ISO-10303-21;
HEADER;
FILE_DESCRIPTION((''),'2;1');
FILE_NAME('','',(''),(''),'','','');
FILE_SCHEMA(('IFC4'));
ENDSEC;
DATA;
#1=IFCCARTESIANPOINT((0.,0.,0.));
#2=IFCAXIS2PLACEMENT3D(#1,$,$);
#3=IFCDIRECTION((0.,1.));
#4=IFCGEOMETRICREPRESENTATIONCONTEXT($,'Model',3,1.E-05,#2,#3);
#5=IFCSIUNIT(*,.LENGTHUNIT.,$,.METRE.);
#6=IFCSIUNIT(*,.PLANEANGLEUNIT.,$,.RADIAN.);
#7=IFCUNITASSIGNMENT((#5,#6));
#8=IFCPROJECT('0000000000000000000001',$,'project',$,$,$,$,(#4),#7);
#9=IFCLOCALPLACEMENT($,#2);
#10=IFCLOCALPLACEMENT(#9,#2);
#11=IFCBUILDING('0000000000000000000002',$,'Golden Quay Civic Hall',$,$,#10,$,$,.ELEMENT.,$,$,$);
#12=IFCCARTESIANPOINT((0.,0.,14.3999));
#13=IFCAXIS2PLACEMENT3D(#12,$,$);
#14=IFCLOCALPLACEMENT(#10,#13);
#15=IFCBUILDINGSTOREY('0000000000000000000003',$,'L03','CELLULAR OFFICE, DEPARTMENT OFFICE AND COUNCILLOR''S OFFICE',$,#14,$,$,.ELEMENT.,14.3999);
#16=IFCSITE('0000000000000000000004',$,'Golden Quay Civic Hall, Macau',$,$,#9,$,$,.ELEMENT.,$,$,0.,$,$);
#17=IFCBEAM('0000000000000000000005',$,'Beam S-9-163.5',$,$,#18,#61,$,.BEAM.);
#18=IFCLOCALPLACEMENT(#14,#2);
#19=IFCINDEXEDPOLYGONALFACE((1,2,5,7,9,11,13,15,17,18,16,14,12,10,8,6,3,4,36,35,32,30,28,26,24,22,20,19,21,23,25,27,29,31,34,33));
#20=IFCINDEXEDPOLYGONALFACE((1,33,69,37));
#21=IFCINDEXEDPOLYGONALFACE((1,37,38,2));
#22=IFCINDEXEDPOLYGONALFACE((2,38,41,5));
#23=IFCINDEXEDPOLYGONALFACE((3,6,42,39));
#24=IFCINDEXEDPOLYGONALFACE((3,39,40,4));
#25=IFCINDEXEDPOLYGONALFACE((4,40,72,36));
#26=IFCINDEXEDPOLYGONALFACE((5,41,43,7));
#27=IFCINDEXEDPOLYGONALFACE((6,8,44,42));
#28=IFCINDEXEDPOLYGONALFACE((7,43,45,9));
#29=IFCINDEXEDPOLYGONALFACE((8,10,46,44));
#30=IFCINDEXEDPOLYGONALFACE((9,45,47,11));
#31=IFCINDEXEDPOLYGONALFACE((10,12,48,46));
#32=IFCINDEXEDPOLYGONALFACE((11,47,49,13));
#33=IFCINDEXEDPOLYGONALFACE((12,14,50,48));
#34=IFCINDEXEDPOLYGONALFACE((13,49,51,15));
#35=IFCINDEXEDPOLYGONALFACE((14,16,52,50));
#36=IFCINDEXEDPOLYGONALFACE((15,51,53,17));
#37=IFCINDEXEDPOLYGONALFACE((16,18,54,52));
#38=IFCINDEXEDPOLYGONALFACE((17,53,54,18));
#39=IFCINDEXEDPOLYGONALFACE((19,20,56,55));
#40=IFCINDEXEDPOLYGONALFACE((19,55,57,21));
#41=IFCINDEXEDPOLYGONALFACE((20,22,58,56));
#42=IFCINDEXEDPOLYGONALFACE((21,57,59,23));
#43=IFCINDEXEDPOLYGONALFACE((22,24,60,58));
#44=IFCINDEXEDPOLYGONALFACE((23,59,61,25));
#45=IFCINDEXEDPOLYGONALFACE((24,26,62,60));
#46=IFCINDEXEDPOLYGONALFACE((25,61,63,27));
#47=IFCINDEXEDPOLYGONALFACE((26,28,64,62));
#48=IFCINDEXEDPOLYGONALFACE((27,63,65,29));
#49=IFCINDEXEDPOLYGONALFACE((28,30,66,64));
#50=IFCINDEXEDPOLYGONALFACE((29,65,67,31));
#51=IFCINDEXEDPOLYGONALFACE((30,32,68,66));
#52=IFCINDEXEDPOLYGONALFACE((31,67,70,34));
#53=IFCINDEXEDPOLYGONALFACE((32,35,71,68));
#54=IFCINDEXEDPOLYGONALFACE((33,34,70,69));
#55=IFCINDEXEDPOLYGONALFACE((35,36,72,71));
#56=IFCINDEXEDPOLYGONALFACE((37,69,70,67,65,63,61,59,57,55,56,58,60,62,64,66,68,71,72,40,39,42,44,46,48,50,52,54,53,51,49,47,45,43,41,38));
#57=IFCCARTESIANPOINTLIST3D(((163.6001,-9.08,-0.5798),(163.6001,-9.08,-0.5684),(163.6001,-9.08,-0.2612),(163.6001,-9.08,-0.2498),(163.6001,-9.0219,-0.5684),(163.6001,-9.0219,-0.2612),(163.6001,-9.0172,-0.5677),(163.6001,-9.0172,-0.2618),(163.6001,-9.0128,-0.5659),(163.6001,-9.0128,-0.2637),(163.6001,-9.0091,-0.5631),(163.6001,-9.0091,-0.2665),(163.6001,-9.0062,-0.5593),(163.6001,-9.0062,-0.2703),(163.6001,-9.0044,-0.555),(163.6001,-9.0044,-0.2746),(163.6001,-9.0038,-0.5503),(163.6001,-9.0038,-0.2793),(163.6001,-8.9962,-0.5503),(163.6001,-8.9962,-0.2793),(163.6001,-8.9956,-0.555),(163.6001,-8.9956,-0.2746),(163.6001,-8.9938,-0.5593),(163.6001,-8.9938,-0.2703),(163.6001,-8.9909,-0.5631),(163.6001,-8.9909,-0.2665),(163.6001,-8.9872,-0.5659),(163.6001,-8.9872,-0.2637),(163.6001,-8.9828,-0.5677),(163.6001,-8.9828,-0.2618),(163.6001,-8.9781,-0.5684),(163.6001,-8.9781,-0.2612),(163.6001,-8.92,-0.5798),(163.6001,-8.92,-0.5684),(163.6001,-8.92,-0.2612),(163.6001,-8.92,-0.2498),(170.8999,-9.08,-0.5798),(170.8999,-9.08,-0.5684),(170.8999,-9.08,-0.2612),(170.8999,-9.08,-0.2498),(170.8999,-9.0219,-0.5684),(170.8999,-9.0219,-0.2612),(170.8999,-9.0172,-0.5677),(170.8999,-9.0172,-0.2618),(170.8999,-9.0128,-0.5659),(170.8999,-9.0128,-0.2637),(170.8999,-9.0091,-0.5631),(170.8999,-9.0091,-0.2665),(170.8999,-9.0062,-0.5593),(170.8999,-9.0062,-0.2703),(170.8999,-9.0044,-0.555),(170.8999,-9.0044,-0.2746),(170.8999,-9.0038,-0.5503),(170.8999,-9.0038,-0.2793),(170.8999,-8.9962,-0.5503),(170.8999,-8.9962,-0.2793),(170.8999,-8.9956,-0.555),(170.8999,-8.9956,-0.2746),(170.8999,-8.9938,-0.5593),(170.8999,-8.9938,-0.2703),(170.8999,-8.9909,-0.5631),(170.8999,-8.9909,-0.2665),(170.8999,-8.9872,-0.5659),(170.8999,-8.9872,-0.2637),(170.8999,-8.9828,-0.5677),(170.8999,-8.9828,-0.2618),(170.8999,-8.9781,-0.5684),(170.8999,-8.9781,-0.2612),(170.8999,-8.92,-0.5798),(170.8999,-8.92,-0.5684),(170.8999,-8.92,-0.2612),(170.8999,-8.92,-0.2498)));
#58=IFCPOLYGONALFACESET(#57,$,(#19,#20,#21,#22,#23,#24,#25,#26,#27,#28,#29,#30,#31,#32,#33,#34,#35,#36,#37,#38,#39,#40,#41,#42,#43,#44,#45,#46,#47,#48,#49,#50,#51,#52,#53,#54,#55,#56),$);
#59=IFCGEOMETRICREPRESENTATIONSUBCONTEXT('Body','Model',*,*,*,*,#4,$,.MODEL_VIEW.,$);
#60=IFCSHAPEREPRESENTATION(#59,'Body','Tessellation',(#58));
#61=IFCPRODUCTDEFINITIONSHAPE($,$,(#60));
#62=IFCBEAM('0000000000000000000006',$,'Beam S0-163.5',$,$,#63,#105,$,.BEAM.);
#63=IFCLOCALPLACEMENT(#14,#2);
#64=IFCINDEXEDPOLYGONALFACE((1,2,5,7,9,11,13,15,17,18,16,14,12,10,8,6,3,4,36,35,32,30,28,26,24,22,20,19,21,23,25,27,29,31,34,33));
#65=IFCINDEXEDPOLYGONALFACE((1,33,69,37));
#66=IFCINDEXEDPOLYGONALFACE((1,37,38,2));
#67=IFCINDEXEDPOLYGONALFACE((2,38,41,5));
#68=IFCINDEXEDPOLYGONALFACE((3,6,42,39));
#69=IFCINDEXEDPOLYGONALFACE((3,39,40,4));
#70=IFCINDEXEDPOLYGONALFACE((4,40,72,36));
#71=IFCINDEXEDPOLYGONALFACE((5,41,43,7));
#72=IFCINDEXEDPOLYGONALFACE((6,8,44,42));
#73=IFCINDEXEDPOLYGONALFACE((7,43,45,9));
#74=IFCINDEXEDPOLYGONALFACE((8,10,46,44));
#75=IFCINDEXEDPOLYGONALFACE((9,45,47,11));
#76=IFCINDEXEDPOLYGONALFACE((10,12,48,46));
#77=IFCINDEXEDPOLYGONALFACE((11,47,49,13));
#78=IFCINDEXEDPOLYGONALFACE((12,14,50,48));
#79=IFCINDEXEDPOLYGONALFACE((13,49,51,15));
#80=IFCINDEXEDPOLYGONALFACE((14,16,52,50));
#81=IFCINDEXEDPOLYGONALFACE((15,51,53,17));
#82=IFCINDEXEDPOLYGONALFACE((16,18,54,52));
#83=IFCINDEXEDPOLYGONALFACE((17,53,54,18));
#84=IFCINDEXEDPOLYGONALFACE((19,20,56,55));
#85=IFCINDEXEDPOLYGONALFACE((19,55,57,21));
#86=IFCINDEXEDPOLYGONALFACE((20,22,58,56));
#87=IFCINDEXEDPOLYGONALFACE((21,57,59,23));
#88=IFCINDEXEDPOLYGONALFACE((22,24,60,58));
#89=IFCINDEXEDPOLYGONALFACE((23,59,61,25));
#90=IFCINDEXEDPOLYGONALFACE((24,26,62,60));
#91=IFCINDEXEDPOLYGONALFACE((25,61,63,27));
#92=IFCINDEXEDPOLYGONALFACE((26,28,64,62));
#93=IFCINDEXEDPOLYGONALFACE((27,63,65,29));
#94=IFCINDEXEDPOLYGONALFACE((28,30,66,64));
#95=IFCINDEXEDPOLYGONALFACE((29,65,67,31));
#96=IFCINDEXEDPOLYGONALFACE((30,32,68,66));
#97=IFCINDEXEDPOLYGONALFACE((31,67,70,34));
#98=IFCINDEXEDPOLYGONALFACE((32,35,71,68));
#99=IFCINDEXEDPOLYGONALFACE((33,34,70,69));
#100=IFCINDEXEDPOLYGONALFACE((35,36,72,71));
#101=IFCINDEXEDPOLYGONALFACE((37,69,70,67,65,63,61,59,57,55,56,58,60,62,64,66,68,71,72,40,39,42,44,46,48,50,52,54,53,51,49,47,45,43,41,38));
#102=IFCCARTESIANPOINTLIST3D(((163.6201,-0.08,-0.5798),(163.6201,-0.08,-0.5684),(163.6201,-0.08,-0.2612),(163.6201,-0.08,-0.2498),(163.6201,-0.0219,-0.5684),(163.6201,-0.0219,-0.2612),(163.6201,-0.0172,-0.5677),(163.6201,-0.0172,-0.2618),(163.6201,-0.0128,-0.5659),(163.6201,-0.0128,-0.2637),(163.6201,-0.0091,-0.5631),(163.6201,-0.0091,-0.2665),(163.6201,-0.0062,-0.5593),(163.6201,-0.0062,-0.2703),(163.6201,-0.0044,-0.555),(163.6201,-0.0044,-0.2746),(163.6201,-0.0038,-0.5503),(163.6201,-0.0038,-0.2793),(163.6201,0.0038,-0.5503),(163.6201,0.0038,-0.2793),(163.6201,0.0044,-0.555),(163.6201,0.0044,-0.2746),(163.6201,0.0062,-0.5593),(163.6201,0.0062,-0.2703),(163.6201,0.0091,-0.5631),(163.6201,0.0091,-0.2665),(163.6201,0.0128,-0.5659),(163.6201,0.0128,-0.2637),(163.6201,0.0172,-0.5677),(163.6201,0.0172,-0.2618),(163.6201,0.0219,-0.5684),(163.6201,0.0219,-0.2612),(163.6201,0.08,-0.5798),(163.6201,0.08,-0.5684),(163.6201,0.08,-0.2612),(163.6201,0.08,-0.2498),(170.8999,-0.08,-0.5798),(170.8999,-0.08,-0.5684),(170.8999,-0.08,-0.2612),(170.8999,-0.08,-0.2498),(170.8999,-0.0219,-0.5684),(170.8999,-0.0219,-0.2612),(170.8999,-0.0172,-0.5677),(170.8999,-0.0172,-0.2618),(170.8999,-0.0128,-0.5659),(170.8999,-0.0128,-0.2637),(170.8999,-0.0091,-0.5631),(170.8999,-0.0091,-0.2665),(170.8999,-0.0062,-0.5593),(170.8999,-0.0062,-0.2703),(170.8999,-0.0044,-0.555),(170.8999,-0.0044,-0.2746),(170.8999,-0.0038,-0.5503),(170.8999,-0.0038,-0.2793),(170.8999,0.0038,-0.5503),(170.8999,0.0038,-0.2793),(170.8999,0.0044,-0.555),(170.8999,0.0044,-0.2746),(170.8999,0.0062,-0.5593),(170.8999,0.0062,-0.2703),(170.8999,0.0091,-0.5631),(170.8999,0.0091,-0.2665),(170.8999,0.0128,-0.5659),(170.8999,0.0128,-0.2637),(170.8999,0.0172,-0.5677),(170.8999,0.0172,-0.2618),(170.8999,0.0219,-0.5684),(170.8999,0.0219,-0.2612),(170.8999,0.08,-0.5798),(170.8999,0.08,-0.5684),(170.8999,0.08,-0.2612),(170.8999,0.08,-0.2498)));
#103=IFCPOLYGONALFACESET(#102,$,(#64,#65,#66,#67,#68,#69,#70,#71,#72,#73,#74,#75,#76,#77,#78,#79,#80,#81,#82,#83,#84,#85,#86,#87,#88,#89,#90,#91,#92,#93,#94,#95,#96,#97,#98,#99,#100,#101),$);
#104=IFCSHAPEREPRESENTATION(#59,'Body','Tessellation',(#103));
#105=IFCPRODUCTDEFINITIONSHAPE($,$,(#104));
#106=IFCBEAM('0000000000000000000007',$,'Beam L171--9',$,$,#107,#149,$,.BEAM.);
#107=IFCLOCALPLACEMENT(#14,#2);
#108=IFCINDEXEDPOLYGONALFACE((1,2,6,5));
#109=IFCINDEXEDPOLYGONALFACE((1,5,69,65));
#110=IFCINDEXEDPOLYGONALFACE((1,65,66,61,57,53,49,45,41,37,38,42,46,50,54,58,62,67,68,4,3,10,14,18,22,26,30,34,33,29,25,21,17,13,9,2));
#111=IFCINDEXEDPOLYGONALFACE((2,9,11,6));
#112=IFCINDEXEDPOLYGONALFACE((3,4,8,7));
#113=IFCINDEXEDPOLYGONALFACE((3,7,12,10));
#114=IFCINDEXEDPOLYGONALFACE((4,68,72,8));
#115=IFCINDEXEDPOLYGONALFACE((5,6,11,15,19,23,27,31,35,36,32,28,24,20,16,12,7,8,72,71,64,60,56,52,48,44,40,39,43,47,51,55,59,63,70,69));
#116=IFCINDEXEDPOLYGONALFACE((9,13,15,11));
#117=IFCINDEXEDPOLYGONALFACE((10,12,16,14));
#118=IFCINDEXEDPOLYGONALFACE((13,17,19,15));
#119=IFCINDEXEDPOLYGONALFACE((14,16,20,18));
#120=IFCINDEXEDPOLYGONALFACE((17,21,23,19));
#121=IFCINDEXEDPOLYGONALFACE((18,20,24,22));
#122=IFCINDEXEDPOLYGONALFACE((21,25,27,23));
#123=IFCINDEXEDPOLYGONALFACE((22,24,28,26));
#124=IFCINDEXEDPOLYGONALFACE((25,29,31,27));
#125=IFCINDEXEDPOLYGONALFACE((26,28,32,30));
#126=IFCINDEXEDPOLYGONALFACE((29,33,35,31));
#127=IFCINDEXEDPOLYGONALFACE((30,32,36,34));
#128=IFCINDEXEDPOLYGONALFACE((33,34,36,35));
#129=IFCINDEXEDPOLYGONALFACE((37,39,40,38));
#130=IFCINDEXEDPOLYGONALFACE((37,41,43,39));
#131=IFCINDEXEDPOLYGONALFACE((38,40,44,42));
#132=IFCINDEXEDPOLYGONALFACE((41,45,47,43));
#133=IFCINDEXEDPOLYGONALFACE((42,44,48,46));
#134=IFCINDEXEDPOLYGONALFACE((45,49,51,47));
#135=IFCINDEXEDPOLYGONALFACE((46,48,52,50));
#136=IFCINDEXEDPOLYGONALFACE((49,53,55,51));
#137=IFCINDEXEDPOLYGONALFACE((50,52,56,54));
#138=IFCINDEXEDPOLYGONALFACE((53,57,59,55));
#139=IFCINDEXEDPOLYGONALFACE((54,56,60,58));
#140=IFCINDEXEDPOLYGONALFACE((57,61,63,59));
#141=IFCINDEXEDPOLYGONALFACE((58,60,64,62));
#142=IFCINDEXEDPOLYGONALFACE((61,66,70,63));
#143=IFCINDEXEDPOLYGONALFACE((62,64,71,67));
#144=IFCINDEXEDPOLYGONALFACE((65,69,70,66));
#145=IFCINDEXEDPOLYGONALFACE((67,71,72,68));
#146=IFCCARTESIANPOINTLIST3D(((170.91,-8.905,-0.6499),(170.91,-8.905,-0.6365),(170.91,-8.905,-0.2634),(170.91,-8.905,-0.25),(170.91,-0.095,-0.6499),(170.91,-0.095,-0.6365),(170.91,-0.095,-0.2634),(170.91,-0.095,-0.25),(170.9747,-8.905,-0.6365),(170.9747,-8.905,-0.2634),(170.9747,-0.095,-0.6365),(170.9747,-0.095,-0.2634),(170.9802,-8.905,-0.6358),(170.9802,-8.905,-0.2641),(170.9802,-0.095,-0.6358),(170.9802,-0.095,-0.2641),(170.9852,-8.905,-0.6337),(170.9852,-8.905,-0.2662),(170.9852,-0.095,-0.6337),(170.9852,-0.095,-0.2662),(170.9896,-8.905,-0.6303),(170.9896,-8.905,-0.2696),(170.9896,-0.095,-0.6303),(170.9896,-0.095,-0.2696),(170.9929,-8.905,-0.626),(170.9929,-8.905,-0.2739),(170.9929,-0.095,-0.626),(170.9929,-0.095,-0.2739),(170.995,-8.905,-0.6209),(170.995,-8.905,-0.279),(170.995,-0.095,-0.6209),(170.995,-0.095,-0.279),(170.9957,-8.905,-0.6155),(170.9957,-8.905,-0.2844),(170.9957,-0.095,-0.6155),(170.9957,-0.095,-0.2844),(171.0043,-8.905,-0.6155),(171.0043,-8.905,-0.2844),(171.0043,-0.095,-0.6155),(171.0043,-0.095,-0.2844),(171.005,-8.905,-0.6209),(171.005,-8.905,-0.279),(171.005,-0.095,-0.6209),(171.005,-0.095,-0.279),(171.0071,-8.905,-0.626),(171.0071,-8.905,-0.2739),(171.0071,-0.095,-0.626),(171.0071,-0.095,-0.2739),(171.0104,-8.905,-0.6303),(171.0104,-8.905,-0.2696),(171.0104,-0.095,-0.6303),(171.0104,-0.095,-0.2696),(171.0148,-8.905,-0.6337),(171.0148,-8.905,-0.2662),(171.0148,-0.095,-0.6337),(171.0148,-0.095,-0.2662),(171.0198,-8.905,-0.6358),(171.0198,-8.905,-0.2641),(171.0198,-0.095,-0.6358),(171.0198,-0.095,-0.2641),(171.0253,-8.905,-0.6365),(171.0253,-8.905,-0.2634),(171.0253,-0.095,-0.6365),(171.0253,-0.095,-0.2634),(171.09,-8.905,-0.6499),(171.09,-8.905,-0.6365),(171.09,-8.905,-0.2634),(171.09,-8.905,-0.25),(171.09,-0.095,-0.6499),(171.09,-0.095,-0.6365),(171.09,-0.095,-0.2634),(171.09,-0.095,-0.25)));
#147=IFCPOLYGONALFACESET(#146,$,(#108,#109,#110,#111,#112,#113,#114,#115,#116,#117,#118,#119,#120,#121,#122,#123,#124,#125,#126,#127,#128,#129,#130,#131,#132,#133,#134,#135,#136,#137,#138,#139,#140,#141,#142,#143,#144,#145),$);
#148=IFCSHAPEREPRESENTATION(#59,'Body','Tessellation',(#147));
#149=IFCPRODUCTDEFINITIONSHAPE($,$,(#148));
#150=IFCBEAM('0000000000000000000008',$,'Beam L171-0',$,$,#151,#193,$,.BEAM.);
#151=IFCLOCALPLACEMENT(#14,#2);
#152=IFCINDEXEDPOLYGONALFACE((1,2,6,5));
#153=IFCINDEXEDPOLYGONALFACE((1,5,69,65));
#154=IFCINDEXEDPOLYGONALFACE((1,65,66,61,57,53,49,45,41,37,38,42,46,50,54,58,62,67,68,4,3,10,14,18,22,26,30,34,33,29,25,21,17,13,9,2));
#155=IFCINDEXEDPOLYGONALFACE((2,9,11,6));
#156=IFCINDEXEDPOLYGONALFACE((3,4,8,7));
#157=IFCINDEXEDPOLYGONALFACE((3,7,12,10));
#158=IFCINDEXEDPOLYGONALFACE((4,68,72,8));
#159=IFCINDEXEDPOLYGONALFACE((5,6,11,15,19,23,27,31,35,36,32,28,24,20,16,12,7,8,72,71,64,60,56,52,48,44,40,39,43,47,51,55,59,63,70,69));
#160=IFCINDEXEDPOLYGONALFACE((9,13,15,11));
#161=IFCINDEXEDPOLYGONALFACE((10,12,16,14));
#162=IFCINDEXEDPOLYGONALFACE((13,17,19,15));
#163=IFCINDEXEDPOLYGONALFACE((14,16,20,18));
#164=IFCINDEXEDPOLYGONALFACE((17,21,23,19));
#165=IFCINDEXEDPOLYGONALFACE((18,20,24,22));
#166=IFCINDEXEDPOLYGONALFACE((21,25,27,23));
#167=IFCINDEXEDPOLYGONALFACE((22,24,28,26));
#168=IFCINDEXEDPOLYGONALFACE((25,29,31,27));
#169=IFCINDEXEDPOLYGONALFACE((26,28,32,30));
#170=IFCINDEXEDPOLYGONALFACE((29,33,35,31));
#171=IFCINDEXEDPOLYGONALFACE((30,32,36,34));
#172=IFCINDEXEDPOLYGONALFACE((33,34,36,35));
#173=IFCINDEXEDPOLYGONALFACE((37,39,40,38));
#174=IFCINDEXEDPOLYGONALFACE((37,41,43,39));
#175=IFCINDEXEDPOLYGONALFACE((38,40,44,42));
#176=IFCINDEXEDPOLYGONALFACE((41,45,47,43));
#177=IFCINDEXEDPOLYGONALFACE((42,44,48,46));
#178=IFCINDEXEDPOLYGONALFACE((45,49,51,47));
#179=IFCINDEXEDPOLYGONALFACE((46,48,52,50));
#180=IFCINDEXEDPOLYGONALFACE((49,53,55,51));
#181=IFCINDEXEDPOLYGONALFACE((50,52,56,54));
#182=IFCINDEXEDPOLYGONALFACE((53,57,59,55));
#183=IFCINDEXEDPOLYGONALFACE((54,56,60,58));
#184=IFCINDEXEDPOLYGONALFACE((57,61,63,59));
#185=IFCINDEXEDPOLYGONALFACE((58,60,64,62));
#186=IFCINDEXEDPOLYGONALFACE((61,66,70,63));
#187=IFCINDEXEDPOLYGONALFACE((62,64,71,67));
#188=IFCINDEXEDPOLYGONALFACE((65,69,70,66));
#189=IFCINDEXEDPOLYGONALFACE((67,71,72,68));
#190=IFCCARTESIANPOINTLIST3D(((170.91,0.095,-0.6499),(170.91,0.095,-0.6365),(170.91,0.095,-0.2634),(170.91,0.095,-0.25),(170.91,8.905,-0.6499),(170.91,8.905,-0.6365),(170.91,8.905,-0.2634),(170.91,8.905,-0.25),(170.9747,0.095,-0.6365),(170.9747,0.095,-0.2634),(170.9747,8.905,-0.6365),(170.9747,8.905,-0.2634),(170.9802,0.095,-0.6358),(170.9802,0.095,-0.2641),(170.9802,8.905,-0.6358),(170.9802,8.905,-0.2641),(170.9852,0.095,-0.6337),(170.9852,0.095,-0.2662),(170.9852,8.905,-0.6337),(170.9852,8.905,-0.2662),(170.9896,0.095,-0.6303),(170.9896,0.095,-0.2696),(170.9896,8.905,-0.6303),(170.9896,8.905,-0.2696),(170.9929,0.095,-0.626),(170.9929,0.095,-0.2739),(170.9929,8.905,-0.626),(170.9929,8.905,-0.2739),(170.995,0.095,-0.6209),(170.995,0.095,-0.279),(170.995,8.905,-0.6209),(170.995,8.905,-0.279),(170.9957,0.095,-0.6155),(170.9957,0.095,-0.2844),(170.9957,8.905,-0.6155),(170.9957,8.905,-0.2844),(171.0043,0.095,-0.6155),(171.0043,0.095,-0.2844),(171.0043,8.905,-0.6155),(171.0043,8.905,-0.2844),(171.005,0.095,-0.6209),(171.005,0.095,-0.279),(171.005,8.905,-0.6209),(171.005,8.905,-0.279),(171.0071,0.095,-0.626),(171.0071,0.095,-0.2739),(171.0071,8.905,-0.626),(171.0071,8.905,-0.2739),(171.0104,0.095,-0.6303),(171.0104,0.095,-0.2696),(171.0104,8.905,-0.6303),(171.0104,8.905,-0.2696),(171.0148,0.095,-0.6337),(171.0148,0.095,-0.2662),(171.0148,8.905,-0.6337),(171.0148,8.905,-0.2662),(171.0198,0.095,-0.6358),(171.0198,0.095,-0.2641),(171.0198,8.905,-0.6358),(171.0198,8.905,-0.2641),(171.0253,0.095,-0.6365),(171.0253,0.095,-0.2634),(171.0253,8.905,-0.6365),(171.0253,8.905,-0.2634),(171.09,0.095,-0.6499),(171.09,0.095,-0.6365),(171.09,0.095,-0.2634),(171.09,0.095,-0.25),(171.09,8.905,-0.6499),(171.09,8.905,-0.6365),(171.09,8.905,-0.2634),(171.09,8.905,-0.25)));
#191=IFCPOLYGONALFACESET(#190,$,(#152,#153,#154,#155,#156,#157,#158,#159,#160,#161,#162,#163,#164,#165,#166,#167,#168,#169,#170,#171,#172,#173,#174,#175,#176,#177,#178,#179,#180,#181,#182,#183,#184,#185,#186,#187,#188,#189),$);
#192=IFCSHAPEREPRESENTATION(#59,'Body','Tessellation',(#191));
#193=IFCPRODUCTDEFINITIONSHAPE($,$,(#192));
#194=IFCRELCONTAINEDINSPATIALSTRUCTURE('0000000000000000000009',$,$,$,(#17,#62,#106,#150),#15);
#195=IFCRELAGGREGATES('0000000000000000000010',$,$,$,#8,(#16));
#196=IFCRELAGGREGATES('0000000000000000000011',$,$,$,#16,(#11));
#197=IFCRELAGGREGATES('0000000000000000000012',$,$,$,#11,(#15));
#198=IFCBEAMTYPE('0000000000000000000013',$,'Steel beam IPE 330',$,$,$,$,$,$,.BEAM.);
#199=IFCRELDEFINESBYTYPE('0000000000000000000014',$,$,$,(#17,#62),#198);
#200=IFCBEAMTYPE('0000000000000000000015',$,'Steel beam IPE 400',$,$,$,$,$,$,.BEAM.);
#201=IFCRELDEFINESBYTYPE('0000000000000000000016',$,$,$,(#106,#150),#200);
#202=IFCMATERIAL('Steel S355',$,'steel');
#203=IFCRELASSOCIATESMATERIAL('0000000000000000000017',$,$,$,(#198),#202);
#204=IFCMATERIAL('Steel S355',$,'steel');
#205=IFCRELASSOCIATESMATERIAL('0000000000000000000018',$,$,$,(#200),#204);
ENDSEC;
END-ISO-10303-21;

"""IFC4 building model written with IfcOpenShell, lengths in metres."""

from ifc_helpers import new_model, si_unit, direction, frame, origin, origin_2d, place, context, subcontext, project, spatial, i_section, extrude, material, material_profile, profile_set, type_object, element, save


model = new_model("IFC4")

# Units and contexts
model_context = context("Model", 3, precision=1e-05, world=origin(), true_north=direction((0.0, 1.0)))
body_context = subcontext(model_context, "Body", "Model", "MODEL_VIEW")
ifc_project = project(units=[si_unit("LENGTHUNIT", "METRE"), si_unit("PLANEANGLEUNIT", "RADIAN")], contexts=[model_context])

# Site, building, storey
site_placement = place(None, origin())
site = spatial("IfcSite", under=ifc_project, at=site_placement, Name="Golden Quay Civic Hall, Macau", CompositionType="ELEMENT", RefElevation=0.0)
building_placement = place(site_placement, origin())
building = spatial("IfcBuilding", under=site, at=building_placement, Name="Golden Quay Civic Hall", CompositionType="ELEMENT")
storey_placement = place(building_placement, frame((0.0, 0.0, 14.3999)))
storey = spatial("IfcBuildingStorey", under=building, at=storey_placement, Name="L03", Description="CELLULAR OFFICE, DEPARTMENT OFFICE AND COUNCILLOR'S OFFICE", CompositionType="ELEMENT", Elevation=14.3999)

# Beams
ifc_material_1 = material(Name="Steel S355", Category="steel")
ifc_material_profile_1 = material_profile(ifc_material_1, i_section(OverallWidth=0.1599, OverallDepth=0.3301, WebThickness=0.0076, FlangeThickness=0.0115, FilletRadius=0.0181, at=origin_2d()), Name="IPE 330")
ifc_profile_set_1 = profile_set([ifc_material_profile_1], Name="Steel S355")
beam_type_1 = type_object("IfcBeamType", Name="Steel beam IPE 330", PredefinedType="BEAM", material=ifc_profile_set_1)
beam_1_placement = place(storey_placement, frame((163.6001, -9.0, -0.4148), z_axis=(1.0, 0.0, 0.0), x_axis=(0.0, 1.0, 0.0)))
element("IfcBeam", 1, at=beam_1_placement, inside=storey, type_object=beam_type_1, Name="Beam S-9-163.5", PredefinedType="BEAM", context=body_context, shape_type="SweptSolid", body=[
    extrude(i_section(OverallWidth=0.1599, OverallDepth=0.3301, WebThickness=0.0076, FlangeThickness=0.0115, FilletRadius=0.0181, at=origin_2d()), origin(), (0.0, 0.0, 1.0), 7.2998),
])
beam_2_placement = place(storey_placement, frame((163.6201, 0.0, -0.4148), z_axis=(1.0, 0.0, 0.0), x_axis=(0.0, 1.0, 0.0)))
element("IfcBeam", 2, at=beam_2_placement, inside=storey, type_object=beam_type_1, Name="Beam S0-163.5", PredefinedType="BEAM", context=body_context, shape_type="SweptSolid", body=[
    extrude(i_section(OverallWidth=0.1599, OverallDepth=0.3301, WebThickness=0.0076, FlangeThickness=0.0115, FilletRadius=0.0181, at=origin_2d()), origin(), (0.0, 0.0, 1.0), 7.2798),
])
ifc_material_2 = material(Name="Steel S355", Category="steel")
ifc_material_profile_2 = material_profile(ifc_material_2, i_section(OverallWidth=0.1799, OverallDepth=0.3999, WebThickness=0.0085, FlangeThickness=0.0134, FilletRadius=0.021, at=origin_2d()), Name="IPE 400")
ifc_profile_set_2 = profile_set([ifc_material_profile_2], Name="Steel S355")
beam_type_2 = type_object("IfcBeamType", Name="Steel beam IPE 400", PredefinedType="BEAM", material=ifc_profile_set_2)
for number, where, z_axis, x_axis, name in (
    (3, (171.0, -8.905, -0.45), (0.0, 1.0, 0.0), (-1.0, 0.0, 0.0), "Beam L171--9"),
    (4, (171.0, 0.095, -0.45), (0.0, 1.0, 0.0), (-1.0, 0.0, 0.0), "Beam L171-0"),
):
    element("IfcBeam", number, at=place(storey_placement, frame(where, z_axis=z_axis, x_axis=x_axis)), inside=storey, type_object=beam_type_2, Name=name, PredefinedType="BEAM", context=body_context, shape_type="SweptSolid", body=[
        extrude(i_section(OverallWidth=0.1799, OverallDepth=0.3999, WebThickness=0.0085, FlangeThickness=0.0134, FilletRadius=0.021, at=origin_2d()), origin(), (0.0, 0.0, 1.0), 8.8101),
    ])

save(model, "model.ifc")
